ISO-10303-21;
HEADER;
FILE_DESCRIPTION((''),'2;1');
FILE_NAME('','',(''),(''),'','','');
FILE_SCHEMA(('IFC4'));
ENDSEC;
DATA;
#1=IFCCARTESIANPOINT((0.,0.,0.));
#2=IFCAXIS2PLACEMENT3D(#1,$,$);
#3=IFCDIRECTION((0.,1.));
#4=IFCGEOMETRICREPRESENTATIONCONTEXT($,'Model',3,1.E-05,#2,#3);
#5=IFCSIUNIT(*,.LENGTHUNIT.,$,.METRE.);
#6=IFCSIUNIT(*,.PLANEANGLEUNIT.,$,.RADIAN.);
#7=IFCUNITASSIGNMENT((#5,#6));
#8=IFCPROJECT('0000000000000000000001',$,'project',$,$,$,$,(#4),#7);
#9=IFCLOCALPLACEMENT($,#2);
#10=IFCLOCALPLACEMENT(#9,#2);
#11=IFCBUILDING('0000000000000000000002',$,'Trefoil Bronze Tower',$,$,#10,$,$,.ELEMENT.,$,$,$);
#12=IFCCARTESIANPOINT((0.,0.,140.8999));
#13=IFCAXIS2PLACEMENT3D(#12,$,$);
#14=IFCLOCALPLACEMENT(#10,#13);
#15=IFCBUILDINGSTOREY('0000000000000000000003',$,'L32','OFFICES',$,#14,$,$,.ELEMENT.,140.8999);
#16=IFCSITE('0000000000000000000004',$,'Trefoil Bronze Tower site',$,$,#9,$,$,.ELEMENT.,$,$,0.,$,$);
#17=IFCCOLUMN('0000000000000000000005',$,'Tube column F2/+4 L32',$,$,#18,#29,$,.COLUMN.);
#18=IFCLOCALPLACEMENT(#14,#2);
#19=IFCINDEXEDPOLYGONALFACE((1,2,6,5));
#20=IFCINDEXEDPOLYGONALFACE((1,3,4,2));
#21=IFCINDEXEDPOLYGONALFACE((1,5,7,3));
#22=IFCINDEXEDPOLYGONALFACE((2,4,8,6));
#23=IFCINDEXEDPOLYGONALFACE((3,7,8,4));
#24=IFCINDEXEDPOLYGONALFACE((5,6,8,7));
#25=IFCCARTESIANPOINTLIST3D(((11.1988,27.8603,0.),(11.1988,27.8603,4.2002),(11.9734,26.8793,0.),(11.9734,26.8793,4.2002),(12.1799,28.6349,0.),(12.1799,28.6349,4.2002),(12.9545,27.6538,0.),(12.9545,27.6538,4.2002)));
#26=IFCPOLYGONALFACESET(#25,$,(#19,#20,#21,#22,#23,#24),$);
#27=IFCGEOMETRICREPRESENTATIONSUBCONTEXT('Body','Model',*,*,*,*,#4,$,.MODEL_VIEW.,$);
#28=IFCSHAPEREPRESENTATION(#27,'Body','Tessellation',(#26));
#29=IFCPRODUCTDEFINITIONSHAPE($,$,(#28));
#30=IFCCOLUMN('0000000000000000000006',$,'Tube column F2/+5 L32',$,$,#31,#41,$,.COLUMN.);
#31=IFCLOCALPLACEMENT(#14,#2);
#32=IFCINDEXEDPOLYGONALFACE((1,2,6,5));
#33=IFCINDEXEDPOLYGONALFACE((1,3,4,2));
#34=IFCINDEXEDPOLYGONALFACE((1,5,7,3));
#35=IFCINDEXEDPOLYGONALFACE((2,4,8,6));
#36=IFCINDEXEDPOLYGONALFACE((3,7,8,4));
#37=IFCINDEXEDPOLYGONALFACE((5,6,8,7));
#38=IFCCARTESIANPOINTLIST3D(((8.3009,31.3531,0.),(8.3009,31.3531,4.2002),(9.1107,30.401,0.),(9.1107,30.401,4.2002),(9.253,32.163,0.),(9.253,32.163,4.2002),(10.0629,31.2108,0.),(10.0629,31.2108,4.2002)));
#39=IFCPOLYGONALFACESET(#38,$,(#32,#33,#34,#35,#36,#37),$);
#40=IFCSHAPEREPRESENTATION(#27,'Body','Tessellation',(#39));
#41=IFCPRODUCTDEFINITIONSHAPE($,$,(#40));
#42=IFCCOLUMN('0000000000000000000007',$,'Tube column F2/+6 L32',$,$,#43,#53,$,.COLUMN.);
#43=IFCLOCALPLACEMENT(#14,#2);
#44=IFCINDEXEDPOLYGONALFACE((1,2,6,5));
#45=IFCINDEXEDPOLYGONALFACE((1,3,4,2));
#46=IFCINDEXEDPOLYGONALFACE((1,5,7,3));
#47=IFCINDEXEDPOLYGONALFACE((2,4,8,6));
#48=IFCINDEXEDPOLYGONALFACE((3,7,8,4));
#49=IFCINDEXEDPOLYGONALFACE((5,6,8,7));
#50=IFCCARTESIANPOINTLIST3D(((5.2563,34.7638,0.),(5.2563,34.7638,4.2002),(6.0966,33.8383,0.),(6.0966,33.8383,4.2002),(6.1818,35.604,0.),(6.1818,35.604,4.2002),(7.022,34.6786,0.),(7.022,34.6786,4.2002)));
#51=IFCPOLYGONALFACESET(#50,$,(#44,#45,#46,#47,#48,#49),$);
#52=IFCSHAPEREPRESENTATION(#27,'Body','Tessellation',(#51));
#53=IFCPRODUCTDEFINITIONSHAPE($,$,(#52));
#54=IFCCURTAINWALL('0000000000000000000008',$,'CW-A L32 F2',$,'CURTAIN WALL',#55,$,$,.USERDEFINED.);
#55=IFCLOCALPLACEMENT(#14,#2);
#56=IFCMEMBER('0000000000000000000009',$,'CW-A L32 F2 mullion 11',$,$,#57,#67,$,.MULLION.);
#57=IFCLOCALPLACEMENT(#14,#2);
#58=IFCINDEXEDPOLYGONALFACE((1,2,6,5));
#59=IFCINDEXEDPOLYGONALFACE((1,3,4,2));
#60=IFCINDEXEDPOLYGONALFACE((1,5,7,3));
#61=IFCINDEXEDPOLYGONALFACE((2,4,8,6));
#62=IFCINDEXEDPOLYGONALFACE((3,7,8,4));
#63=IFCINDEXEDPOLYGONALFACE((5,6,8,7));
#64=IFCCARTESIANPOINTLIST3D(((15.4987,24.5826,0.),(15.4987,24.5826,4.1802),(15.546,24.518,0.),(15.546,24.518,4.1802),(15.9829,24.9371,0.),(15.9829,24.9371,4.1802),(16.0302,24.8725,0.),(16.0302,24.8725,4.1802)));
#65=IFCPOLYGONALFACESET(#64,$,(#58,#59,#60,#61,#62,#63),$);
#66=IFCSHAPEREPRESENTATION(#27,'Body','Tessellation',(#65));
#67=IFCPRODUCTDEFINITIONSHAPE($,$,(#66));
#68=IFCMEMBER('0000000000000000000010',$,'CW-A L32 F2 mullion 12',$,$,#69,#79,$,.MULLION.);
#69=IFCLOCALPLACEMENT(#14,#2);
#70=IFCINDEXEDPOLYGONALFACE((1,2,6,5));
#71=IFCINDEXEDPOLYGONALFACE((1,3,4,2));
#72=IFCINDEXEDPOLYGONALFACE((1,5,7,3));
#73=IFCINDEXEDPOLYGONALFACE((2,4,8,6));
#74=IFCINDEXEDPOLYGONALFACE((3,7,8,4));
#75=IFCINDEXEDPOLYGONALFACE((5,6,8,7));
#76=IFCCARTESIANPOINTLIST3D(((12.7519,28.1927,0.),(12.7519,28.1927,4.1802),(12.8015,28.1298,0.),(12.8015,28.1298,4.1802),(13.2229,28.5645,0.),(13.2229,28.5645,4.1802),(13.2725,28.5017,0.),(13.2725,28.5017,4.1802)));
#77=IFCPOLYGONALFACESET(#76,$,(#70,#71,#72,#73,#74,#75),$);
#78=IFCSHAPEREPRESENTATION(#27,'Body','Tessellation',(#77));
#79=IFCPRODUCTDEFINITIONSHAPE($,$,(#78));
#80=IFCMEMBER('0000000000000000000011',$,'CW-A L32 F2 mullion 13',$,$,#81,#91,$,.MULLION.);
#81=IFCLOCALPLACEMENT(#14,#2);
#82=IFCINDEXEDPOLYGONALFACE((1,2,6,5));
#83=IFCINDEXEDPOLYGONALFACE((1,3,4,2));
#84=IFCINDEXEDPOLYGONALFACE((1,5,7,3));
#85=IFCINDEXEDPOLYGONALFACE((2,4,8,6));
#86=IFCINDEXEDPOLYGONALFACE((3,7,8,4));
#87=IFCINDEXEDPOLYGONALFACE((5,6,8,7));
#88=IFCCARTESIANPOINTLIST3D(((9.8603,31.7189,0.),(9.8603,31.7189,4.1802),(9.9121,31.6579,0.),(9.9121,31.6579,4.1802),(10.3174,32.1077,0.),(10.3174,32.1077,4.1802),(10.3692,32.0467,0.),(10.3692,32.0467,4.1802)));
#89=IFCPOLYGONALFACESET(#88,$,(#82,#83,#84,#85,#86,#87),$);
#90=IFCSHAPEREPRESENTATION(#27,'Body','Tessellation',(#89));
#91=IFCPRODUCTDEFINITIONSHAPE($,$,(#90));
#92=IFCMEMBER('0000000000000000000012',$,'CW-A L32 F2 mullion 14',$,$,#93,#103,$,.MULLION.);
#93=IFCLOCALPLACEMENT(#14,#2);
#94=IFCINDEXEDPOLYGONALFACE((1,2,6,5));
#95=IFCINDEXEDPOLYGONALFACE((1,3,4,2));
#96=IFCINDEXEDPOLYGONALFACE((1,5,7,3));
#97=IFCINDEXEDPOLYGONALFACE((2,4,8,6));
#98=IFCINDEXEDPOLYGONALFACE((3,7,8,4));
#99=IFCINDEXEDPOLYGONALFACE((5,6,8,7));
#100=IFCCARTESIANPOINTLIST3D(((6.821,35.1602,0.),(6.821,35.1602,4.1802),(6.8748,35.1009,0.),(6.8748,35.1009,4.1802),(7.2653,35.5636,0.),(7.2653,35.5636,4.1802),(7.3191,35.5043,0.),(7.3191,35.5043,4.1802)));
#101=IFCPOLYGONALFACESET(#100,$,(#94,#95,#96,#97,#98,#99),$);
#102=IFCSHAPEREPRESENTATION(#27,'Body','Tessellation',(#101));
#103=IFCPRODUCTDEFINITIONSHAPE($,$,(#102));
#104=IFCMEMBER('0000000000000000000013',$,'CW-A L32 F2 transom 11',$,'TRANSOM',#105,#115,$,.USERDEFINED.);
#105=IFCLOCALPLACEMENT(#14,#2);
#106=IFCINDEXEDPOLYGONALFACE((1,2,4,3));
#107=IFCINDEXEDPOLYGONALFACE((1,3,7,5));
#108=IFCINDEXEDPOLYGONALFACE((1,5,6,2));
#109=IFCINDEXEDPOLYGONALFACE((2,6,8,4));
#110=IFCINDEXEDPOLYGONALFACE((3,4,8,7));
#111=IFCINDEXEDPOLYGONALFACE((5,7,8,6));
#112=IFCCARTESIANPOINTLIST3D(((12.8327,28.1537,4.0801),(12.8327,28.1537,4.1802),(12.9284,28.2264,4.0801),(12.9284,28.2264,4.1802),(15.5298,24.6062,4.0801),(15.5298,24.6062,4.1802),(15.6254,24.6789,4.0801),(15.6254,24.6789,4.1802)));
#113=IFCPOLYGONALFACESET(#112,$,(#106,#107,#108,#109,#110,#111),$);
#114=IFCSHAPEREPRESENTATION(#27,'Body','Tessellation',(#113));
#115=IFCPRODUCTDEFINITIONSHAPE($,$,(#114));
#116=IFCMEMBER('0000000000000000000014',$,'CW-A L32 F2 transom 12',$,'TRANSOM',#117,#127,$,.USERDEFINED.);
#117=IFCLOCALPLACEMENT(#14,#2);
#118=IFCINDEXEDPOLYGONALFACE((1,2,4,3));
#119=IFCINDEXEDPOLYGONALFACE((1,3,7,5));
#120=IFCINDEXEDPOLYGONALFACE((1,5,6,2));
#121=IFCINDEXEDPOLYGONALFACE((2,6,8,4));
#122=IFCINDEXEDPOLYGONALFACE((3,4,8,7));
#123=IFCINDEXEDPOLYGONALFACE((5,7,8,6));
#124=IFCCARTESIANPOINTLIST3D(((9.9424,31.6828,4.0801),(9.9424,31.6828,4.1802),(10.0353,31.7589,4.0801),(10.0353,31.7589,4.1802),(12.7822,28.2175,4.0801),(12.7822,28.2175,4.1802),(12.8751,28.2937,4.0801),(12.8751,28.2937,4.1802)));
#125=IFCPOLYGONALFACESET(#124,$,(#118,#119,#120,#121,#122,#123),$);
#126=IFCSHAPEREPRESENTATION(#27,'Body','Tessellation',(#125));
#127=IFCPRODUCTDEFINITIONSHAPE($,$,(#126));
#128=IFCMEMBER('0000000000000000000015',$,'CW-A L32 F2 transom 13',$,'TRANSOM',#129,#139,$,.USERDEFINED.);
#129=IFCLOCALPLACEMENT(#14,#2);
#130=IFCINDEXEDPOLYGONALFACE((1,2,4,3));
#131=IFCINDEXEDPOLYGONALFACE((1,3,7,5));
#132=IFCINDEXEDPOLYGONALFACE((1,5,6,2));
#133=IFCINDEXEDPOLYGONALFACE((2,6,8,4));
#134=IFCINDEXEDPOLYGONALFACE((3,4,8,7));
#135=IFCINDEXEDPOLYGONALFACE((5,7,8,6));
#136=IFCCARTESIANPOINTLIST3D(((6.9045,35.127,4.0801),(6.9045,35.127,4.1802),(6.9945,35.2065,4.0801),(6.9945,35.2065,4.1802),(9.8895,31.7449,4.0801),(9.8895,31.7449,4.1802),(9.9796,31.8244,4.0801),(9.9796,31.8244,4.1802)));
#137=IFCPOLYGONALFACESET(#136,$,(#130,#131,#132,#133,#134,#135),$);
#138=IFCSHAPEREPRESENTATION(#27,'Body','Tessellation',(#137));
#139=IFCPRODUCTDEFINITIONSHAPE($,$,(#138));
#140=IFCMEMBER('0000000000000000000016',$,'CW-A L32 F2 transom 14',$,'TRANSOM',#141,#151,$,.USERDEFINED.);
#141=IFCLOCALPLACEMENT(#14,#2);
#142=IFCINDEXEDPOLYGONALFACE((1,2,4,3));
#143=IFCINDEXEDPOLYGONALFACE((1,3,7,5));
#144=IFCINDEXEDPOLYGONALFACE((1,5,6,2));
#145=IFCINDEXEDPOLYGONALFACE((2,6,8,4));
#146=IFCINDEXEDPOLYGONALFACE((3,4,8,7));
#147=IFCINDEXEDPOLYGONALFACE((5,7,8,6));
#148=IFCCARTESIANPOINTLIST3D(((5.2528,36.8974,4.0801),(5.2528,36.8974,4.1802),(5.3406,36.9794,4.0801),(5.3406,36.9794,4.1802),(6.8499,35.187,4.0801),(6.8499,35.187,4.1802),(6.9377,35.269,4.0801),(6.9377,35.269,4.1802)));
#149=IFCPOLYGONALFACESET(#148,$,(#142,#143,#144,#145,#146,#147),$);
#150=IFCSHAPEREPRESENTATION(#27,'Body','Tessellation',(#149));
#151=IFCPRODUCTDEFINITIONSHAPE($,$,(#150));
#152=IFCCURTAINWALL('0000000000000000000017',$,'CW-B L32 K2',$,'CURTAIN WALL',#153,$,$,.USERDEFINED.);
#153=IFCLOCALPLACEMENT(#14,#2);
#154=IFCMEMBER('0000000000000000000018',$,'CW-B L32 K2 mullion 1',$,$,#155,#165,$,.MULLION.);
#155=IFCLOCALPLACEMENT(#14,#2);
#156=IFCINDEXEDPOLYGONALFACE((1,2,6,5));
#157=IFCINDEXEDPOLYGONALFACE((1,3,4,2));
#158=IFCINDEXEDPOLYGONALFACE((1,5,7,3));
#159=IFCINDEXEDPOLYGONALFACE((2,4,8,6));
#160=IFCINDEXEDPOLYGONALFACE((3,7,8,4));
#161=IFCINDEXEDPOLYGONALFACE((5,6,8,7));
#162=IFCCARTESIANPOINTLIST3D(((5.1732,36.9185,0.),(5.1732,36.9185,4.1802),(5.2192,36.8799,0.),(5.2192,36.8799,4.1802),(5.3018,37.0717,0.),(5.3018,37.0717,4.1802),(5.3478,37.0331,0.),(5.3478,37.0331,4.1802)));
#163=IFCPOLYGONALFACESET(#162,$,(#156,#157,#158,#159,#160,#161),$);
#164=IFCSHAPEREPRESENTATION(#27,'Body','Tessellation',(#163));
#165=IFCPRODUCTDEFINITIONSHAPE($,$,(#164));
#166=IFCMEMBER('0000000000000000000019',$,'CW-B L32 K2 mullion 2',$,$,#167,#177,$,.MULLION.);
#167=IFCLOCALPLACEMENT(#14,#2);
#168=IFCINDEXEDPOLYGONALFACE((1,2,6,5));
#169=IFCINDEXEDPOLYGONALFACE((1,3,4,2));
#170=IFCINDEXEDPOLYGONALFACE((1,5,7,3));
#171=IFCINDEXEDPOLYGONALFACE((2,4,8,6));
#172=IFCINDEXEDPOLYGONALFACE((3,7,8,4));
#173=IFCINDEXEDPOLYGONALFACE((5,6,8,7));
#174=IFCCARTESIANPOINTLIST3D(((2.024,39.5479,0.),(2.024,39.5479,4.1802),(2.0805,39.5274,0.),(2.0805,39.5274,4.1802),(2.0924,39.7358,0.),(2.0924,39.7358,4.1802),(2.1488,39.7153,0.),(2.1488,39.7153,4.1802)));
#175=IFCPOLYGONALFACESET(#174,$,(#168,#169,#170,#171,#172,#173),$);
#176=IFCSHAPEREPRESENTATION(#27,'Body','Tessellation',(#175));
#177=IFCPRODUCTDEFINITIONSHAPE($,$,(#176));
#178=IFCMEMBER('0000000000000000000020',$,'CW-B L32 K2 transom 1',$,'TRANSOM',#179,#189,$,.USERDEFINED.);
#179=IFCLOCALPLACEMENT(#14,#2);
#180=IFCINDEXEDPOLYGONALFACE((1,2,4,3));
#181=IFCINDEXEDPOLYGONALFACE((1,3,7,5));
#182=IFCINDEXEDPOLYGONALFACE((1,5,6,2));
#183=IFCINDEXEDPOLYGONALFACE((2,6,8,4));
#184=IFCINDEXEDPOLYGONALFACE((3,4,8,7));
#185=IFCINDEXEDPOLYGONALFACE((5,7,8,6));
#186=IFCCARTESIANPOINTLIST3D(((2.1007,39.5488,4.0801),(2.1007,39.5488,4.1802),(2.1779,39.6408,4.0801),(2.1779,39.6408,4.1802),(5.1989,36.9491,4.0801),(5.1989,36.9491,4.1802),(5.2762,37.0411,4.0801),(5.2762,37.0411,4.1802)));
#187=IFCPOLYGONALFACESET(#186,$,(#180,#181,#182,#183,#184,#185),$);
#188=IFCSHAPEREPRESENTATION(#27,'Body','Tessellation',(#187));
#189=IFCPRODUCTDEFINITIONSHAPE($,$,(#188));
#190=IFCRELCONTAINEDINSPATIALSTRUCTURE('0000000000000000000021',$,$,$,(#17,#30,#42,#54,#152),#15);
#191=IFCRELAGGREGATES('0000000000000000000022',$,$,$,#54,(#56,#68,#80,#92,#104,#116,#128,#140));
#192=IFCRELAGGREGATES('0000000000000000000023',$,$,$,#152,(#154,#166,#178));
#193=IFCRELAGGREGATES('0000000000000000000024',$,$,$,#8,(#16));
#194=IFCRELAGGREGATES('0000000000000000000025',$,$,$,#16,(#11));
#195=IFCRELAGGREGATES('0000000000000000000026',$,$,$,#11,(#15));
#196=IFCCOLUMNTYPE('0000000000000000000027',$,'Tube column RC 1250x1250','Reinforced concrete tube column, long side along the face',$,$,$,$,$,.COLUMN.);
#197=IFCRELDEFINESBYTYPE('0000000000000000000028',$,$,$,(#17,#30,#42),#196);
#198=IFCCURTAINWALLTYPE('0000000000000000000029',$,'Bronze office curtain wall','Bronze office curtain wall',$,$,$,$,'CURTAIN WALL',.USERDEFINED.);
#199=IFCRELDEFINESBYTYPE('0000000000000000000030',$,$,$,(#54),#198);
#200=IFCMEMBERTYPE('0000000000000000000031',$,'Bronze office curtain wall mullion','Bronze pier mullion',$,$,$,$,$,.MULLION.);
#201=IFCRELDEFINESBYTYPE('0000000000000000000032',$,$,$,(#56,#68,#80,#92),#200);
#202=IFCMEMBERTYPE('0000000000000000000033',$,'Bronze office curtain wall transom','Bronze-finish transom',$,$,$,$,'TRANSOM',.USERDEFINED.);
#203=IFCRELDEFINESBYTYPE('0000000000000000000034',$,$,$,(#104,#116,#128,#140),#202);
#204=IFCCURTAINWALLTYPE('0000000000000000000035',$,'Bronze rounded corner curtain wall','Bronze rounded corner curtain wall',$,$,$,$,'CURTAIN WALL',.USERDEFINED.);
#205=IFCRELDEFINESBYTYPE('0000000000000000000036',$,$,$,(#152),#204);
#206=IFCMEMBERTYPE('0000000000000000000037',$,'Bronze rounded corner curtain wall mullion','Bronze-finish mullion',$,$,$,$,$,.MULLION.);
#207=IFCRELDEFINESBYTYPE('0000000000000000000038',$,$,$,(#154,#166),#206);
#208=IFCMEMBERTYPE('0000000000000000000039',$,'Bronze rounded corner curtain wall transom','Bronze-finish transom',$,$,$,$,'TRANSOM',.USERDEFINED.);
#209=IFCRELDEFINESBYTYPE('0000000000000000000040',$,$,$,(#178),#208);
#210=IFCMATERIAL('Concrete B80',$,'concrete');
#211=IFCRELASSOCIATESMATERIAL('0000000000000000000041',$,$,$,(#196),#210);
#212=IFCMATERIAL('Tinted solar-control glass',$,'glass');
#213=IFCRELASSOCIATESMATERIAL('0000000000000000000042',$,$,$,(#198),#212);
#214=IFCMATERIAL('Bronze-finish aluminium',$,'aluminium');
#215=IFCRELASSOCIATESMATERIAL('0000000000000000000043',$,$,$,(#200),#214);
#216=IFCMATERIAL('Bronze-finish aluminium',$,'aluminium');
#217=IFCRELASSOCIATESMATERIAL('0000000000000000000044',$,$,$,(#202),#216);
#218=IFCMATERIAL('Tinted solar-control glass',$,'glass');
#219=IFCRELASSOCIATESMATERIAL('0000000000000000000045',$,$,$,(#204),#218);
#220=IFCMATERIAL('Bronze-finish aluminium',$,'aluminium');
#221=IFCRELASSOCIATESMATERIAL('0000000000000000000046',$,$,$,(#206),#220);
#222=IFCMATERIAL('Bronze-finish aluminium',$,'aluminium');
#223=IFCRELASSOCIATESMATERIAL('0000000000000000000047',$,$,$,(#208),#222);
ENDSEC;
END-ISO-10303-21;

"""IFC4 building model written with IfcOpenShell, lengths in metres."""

from ifc_helpers import new_model, si_unit, direction, frame, origin, origin_2d, place, context, subcontext, project, spatial, rectangle, extrude, material, material_profile, profile_set, type_object, element, aggregate, save


model = new_model("IFC4")

# Units and contexts
model_context = context("Model", 3, precision=1e-05, world=origin(), true_north=direction((0.0, 1.0)))
body_context = subcontext(model_context, "Body", "Model", "MODEL_VIEW")
ifc_project = project(units=[si_unit("LENGTHUNIT", "METRE"), si_unit("PLANEANGLEUNIT", "RADIAN")], contexts=[model_context])

# Site, building, storey
site_placement = place(None, origin())
site = spatial("IfcSite", under=ifc_project, at=site_placement, Name="Trefoil Bronze Tower site", CompositionType="ELEMENT", RefElevation=0.0)
building_placement = place(site_placement, origin())
building = spatial("IfcBuilding", under=site, at=building_placement, Name="Trefoil Bronze Tower", CompositionType="ELEMENT")
storey_placement = place(building_placement, frame((0.0, 0.0, 140.8999)))
storey = spatial("IfcBuildingStorey", under=building, at=storey_placement, Name="L32", Description="OFFICES", CompositionType="ELEMENT", Elevation=140.8999)

# Columns
ifc_material_1 = material(Name="Concrete B80", Category="concrete")
ifc_material_profile_1 = material_profile(ifc_material_1, rectangle(XDim=1.25, YDim=1.25, at=origin_2d()), Name="RC 1250x1250")
ifc_profile_set_1 = profile_set([ifc_material_profile_1], Name="Concrete B80")
column_type = type_object("IfcColumnType", Name="Tube column RC 1250x1250", Description="Reinforced concrete tube column, long side along the face", PredefinedType="COLUMN", material=ifc_profile_set_1)
for number, where, z_axis, x_axis, name in (
    (1, (12.0767, 27.7571, 0.0), (0.0, 0.0, 1.0), (-0.619649, 0.784879, 0.0), "Tube column F2/+4 L32"),
    (2, (9.1819, 31.282, 0.0), (0.0, 0.0, 1.0), (-0.647904, 0.761722, 0.0), "Tube column F2/+5 L32"),
    (3, (6.1392, 34.7212, 0.0), (0.0, 0.0, 1.0), (-0.67221, 0.740361, 0.0), "Tube column F2/+6 L32"),
):
    element("IfcColumn", number, at=place(storey_placement, frame(where, z_axis=z_axis, x_axis=x_axis)), inside=storey, type_object=column_type, Name=name, PredefinedType="COLUMN", context=body_context, shape_type="SweptSolid", body=[
        extrude(rectangle(XDim=1.25, YDim=1.25, at=origin_2d()), origin(), (0.0, 0.0, 1.0), 4.2002),
    ])

# Curtain walls, members
ifc_material_2 = material(Name="Tinted solar-control glass", Category="glass")
curtain_wall_type_1 = type_object("IfcCurtainWallType", Name="Bronze office curtain wall", Description="Bronze office curtain wall", ElementType="CURTAIN WALL", PredefinedType="USERDEFINED", material=ifc_material_2)
curtain_wall_1_placement = place(storey_placement, origin())
curtain_wall_1 = element("IfcCurtainWall", 4, at=curtain_wall_1_placement, inside=storey, type_object=curtain_wall_type_1, Name="CW-A L32 F2", ObjectType="CURTAIN WALL", PredefinedType="USERDEFINED")
ifc_material_3 = material(Name="Bronze-finish aluminium", Category="aluminium")
ifc_material_profile_2 = material_profile(ifc_material_3, rectangle(XDim=0.6001, YDim=0.0801, at=origin_2d()), Name="CW-A mullion")
ifc_profile_set_2 = profile_set([ifc_material_profile_2], Name="Bronze-finish aluminium")
member_type_1 = type_object("IfcMemberType", Name="Bronze office curtain wall mullion", Description="Bronze pier mullion", PredefinedType="MULLION", material=ifc_profile_set_2)
member_1_placement = place(storey_placement, frame((15.7644, 24.7275, 0.0), z_axis=(0.0, 0.0, 1.0), x_axis=(-0.806875, -0.590723, 0.0)))
member_1 = element("IfcMember", 5, at=member_1_placement, type_object=member_type_1, Name="CW-A L32 F2 mullion 11", PredefinedType="MULLION", context=body_context, shape_type="SweptSolid", body=[
    extrude(rectangle(XDim=0.6001, YDim=0.0801, at=origin_2d()), origin(), (0.0, 0.0, 1.0), 4.1802),
])
member_2_placement = place(storey_placement, frame((13.0122, 28.3472, 0.0), z_axis=(0.0, 0.0, 1.0), x_axis=(-0.784879, -0.619649, 0.0)))
member_2 = element("IfcMember", 6, at=member_2_placement, type_object=member_type_1, Name="CW-A L32 F2 mullion 12", PredefinedType="MULLION", context=body_context, shape_type="SweptSolid", body=[
    extrude(rectangle(XDim=0.6001, YDim=0.0801, at=origin_2d()), origin(), (0.0, 0.0, 1.0), 4.1802),
])
member_3_placement = place(storey_placement, frame((10.1147, 31.8828, 0.0), z_axis=(0.0, 0.0, 1.0), x_axis=(-0.761722, -0.647904, 0.0)))
member_3 = element("IfcMember", 7, at=member_3_placement, type_object=member_type_1, Name="CW-A L32 F2 mullion 13", PredefinedType="MULLION", context=body_context, shape_type="SweptSolid", body=[
    extrude(rectangle(XDim=0.6001, YDim=0.0801, at=origin_2d()), origin(), (0.0, 0.0, 1.0), 4.1802),
])
member_4_placement = place(storey_placement, frame((7.0701, 35.3323, 0.0), z_axis=(0.0, 0.0, 1.0), x_axis=(-0.740361, -0.67221, 0.0)))
member_4 = element("IfcMember", 8, at=member_4_placement, type_object=member_type_1, Name="CW-A L32 F2 mullion 14", PredefinedType="MULLION", context=body_context, shape_type="SweptSolid", body=[
    extrude(rectangle(XDim=0.6001, YDim=0.0801, at=origin_2d()), origin(), (0.0, 0.0, 1.0), 4.1802),
])
ifc_material_4 = material(Name="Bronze-finish aluminium", Category="aluminium")
ifc_material_profile_3 = material_profile(ifc_material_4, rectangle(XDim=0.1201, YDim=0.1001, at=origin_2d()), Name="CW-A transom")
ifc_profile_set_3 = profile_set([ifc_material_profile_3], Name="Bronze-finish aluminium")
member_type_2 = type_object("IfcMemberType", Name="Bronze office curtain wall transom", Description="Bronze-finish transom", ElementType="TRANSOM", PredefinedType="USERDEFINED", material=ifc_profile_set_3)
member_5_placement = place(storey_placement, frame((15.5776, 24.6426, 4.1301), z_axis=(-0.605229, 0.796051, 0.0), x_axis=(-0.796051, -0.605229, 0.0)))
member_5 = element("IfcMember", 9, at=member_5_placement, type_object=member_type_2, Name="CW-A L32 F2 transom 11", ObjectType="TRANSOM", PredefinedType="USERDEFINED", context=body_context, shape_type="SweptSolid", body=[
    extrude(rectangle(XDim=0.1201, YDim=0.1001, at=origin_2d()), origin(), (0.0, 0.0, 1.0), 4.4563),
])
member_6_placement = place(storey_placement, frame((12.8286, 28.2556, 4.1301), z_axis=(-0.633849, 0.773457, 0.0), x_axis=(-0.773457, -0.633849, 0.0)))
member_6 = element("IfcMember", 10, at=member_6_placement, type_object=member_type_2, Name="CW-A L32 F2 transom 12", ObjectType="TRANSOM", PredefinedType="USERDEFINED", context=body_context, shape_type="SweptSolid", body=[
    extrude(rectangle(XDim=0.1201, YDim=0.1001, at=origin_2d()), origin(), (0.0, 0.0, 1.0), 4.4802),
])
member_7_placement = place(storey_placement, frame((9.9346, 31.7847, 4.1301), z_axis=(-0.661736, 0.749737, 0.0), x_axis=(-0.749737, -0.661736, 0.0)))
member_7 = element("IfcMember", 11, at=member_7_placement, type_object=member_type_2, Name="CW-A L32 F2 transom 13", ObjectType="TRANSOM", PredefinedType="USERDEFINED", context=body_context, shape_type="SweptSolid", body=[
    extrude(rectangle(XDim=0.1201, YDim=0.1001, at=origin_2d()), origin(), (0.0, 0.0, 1.0), 4.511),
])
member_8_placement = place(storey_placement, frame((6.8938, 35.228, 4.1301), z_axis=(-0.682489, 0.730896, 0.0), x_axis=(-0.730896, -0.682489, 0.0)))
member_8 = element("IfcMember", 12, at=member_8_placement, type_object=member_type_2, Name="CW-A L32 F2 transom 14", ObjectType="TRANSOM", PredefinedType="USERDEFINED", context=body_context, shape_type="SweptSolid", body=[
    extrude(rectangle(XDim=0.1201, YDim=0.1001, at=origin_2d()), origin(), (0.0, 0.0, 1.0), 2.3401),
])
ifc_material_5 = material(Name="Tinted solar-control glass", Category="glass")
curtain_wall_type_2 = type_object("IfcCurtainWallType", Name="Bronze rounded corner curtain wall", Description="Bronze rounded corner curtain wall", ElementType="CURTAIN WALL", PredefinedType="USERDEFINED", material=ifc_material_5)
curtain_wall_2_placement = place(storey_placement, origin())
curtain_wall_2 = element("IfcCurtainWall", 13, at=curtain_wall_2_placement, inside=storey, type_object=curtain_wall_type_2, Name="CW-B L32 K2", ObjectType="CURTAIN WALL", PredefinedType="USERDEFINED")
ifc_material_6 = material(Name="Bronze-finish aluminium", Category="aluminium")
ifc_material_profile_4 = material_profile(ifc_material_6, rectangle(XDim=0.2, YDim=0.0601, at=origin_2d()), Name="CW-B mullion")
ifc_profile_set_4 = profile_set([ifc_material_profile_4], Name="Bronze-finish aluminium")
member_type_3 = type_object("IfcMemberType", Name="Bronze rounded corner curtain wall mullion", Description="Bronze-finish mullion", PredefinedType="MULLION", material=ifc_profile_set_4)
member_9_placement = place(storey_placement, frame((5.2605, 36.9758, 0.0), z_axis=(0.0, 0.0, 1.0), x_axis=(-0.642788, -0.766044, 0.0)))
member_9 = element("IfcMember", 14, at=member_9_placement, type_object=member_type_3, Name="CW-B L32 K2 mullion 1", PredefinedType="MULLION", context=body_context, shape_type="SweptSolid", body=[
    extrude(rectangle(XDim=0.2, YDim=0.0601, at=origin_2d()), origin(), (0.0, 0.0, 1.0), 4.1802),
])
member_10_placement = place(storey_placement, frame((2.0864, 39.6316, 0.0), z_axis=(0.0, 0.0, 1.0), x_axis=(-0.34202, -0.939693, 0.0)))
member_10 = element("IfcMember", 15, at=member_10_placement, type_object=member_type_3, Name="CW-B L32 K2 mullion 2", PredefinedType="MULLION", context=body_context, shape_type="SweptSolid", body=[
    extrude(rectangle(XDim=0.2, YDim=0.0601, at=origin_2d()), origin(), (0.0, 0.0, 1.0), 4.1802),
])
ifc_material_7 = material(Name="Bronze-finish aluminium", Category="aluminium")
ifc_material_profile_5 = material_profile(ifc_material_7, rectangle(XDim=0.1201, YDim=0.1001, at=origin_2d()), Name="CW-B transom")
ifc_profile_set_5 = profile_set([ifc_material_profile_5], Name="Bronze-finish aluminium")
member_type_4 = type_object("IfcMemberType", Name="Bronze rounded corner curtain wall transom", Description="Bronze-finish transom", ElementType="TRANSOM", PredefinedType="USERDEFINED", material=ifc_profile_set_5)
member_11_placement = place(storey_placement, frame((5.2375, 36.9951, 4.1301), z_axis=(-0.76605, 0.642781, 0.0), x_axis=(-0.642781, -0.76605, 0.0)))
member_11 = element("IfcMember", 16, at=member_11_placement, type_object=member_type_4, Name="CW-B L32 K2 transom 1", ObjectType="TRANSOM", PredefinedType="USERDEFINED", context=body_context, shape_type="SweptSolid", body=[
    extrude(rectangle(XDim=0.1201, YDim=0.1001, at=origin_2d()), origin(), (0.0, 0.0, 1.0), 4.0444),
])

aggregate(curtain_wall_1, [member_1, member_2, member_3, member_4, member_5, member_6, member_7, member_8])
aggregate(curtain_wall_2, [member_9, member_10, member_11])

save(model, "model.ifc")
